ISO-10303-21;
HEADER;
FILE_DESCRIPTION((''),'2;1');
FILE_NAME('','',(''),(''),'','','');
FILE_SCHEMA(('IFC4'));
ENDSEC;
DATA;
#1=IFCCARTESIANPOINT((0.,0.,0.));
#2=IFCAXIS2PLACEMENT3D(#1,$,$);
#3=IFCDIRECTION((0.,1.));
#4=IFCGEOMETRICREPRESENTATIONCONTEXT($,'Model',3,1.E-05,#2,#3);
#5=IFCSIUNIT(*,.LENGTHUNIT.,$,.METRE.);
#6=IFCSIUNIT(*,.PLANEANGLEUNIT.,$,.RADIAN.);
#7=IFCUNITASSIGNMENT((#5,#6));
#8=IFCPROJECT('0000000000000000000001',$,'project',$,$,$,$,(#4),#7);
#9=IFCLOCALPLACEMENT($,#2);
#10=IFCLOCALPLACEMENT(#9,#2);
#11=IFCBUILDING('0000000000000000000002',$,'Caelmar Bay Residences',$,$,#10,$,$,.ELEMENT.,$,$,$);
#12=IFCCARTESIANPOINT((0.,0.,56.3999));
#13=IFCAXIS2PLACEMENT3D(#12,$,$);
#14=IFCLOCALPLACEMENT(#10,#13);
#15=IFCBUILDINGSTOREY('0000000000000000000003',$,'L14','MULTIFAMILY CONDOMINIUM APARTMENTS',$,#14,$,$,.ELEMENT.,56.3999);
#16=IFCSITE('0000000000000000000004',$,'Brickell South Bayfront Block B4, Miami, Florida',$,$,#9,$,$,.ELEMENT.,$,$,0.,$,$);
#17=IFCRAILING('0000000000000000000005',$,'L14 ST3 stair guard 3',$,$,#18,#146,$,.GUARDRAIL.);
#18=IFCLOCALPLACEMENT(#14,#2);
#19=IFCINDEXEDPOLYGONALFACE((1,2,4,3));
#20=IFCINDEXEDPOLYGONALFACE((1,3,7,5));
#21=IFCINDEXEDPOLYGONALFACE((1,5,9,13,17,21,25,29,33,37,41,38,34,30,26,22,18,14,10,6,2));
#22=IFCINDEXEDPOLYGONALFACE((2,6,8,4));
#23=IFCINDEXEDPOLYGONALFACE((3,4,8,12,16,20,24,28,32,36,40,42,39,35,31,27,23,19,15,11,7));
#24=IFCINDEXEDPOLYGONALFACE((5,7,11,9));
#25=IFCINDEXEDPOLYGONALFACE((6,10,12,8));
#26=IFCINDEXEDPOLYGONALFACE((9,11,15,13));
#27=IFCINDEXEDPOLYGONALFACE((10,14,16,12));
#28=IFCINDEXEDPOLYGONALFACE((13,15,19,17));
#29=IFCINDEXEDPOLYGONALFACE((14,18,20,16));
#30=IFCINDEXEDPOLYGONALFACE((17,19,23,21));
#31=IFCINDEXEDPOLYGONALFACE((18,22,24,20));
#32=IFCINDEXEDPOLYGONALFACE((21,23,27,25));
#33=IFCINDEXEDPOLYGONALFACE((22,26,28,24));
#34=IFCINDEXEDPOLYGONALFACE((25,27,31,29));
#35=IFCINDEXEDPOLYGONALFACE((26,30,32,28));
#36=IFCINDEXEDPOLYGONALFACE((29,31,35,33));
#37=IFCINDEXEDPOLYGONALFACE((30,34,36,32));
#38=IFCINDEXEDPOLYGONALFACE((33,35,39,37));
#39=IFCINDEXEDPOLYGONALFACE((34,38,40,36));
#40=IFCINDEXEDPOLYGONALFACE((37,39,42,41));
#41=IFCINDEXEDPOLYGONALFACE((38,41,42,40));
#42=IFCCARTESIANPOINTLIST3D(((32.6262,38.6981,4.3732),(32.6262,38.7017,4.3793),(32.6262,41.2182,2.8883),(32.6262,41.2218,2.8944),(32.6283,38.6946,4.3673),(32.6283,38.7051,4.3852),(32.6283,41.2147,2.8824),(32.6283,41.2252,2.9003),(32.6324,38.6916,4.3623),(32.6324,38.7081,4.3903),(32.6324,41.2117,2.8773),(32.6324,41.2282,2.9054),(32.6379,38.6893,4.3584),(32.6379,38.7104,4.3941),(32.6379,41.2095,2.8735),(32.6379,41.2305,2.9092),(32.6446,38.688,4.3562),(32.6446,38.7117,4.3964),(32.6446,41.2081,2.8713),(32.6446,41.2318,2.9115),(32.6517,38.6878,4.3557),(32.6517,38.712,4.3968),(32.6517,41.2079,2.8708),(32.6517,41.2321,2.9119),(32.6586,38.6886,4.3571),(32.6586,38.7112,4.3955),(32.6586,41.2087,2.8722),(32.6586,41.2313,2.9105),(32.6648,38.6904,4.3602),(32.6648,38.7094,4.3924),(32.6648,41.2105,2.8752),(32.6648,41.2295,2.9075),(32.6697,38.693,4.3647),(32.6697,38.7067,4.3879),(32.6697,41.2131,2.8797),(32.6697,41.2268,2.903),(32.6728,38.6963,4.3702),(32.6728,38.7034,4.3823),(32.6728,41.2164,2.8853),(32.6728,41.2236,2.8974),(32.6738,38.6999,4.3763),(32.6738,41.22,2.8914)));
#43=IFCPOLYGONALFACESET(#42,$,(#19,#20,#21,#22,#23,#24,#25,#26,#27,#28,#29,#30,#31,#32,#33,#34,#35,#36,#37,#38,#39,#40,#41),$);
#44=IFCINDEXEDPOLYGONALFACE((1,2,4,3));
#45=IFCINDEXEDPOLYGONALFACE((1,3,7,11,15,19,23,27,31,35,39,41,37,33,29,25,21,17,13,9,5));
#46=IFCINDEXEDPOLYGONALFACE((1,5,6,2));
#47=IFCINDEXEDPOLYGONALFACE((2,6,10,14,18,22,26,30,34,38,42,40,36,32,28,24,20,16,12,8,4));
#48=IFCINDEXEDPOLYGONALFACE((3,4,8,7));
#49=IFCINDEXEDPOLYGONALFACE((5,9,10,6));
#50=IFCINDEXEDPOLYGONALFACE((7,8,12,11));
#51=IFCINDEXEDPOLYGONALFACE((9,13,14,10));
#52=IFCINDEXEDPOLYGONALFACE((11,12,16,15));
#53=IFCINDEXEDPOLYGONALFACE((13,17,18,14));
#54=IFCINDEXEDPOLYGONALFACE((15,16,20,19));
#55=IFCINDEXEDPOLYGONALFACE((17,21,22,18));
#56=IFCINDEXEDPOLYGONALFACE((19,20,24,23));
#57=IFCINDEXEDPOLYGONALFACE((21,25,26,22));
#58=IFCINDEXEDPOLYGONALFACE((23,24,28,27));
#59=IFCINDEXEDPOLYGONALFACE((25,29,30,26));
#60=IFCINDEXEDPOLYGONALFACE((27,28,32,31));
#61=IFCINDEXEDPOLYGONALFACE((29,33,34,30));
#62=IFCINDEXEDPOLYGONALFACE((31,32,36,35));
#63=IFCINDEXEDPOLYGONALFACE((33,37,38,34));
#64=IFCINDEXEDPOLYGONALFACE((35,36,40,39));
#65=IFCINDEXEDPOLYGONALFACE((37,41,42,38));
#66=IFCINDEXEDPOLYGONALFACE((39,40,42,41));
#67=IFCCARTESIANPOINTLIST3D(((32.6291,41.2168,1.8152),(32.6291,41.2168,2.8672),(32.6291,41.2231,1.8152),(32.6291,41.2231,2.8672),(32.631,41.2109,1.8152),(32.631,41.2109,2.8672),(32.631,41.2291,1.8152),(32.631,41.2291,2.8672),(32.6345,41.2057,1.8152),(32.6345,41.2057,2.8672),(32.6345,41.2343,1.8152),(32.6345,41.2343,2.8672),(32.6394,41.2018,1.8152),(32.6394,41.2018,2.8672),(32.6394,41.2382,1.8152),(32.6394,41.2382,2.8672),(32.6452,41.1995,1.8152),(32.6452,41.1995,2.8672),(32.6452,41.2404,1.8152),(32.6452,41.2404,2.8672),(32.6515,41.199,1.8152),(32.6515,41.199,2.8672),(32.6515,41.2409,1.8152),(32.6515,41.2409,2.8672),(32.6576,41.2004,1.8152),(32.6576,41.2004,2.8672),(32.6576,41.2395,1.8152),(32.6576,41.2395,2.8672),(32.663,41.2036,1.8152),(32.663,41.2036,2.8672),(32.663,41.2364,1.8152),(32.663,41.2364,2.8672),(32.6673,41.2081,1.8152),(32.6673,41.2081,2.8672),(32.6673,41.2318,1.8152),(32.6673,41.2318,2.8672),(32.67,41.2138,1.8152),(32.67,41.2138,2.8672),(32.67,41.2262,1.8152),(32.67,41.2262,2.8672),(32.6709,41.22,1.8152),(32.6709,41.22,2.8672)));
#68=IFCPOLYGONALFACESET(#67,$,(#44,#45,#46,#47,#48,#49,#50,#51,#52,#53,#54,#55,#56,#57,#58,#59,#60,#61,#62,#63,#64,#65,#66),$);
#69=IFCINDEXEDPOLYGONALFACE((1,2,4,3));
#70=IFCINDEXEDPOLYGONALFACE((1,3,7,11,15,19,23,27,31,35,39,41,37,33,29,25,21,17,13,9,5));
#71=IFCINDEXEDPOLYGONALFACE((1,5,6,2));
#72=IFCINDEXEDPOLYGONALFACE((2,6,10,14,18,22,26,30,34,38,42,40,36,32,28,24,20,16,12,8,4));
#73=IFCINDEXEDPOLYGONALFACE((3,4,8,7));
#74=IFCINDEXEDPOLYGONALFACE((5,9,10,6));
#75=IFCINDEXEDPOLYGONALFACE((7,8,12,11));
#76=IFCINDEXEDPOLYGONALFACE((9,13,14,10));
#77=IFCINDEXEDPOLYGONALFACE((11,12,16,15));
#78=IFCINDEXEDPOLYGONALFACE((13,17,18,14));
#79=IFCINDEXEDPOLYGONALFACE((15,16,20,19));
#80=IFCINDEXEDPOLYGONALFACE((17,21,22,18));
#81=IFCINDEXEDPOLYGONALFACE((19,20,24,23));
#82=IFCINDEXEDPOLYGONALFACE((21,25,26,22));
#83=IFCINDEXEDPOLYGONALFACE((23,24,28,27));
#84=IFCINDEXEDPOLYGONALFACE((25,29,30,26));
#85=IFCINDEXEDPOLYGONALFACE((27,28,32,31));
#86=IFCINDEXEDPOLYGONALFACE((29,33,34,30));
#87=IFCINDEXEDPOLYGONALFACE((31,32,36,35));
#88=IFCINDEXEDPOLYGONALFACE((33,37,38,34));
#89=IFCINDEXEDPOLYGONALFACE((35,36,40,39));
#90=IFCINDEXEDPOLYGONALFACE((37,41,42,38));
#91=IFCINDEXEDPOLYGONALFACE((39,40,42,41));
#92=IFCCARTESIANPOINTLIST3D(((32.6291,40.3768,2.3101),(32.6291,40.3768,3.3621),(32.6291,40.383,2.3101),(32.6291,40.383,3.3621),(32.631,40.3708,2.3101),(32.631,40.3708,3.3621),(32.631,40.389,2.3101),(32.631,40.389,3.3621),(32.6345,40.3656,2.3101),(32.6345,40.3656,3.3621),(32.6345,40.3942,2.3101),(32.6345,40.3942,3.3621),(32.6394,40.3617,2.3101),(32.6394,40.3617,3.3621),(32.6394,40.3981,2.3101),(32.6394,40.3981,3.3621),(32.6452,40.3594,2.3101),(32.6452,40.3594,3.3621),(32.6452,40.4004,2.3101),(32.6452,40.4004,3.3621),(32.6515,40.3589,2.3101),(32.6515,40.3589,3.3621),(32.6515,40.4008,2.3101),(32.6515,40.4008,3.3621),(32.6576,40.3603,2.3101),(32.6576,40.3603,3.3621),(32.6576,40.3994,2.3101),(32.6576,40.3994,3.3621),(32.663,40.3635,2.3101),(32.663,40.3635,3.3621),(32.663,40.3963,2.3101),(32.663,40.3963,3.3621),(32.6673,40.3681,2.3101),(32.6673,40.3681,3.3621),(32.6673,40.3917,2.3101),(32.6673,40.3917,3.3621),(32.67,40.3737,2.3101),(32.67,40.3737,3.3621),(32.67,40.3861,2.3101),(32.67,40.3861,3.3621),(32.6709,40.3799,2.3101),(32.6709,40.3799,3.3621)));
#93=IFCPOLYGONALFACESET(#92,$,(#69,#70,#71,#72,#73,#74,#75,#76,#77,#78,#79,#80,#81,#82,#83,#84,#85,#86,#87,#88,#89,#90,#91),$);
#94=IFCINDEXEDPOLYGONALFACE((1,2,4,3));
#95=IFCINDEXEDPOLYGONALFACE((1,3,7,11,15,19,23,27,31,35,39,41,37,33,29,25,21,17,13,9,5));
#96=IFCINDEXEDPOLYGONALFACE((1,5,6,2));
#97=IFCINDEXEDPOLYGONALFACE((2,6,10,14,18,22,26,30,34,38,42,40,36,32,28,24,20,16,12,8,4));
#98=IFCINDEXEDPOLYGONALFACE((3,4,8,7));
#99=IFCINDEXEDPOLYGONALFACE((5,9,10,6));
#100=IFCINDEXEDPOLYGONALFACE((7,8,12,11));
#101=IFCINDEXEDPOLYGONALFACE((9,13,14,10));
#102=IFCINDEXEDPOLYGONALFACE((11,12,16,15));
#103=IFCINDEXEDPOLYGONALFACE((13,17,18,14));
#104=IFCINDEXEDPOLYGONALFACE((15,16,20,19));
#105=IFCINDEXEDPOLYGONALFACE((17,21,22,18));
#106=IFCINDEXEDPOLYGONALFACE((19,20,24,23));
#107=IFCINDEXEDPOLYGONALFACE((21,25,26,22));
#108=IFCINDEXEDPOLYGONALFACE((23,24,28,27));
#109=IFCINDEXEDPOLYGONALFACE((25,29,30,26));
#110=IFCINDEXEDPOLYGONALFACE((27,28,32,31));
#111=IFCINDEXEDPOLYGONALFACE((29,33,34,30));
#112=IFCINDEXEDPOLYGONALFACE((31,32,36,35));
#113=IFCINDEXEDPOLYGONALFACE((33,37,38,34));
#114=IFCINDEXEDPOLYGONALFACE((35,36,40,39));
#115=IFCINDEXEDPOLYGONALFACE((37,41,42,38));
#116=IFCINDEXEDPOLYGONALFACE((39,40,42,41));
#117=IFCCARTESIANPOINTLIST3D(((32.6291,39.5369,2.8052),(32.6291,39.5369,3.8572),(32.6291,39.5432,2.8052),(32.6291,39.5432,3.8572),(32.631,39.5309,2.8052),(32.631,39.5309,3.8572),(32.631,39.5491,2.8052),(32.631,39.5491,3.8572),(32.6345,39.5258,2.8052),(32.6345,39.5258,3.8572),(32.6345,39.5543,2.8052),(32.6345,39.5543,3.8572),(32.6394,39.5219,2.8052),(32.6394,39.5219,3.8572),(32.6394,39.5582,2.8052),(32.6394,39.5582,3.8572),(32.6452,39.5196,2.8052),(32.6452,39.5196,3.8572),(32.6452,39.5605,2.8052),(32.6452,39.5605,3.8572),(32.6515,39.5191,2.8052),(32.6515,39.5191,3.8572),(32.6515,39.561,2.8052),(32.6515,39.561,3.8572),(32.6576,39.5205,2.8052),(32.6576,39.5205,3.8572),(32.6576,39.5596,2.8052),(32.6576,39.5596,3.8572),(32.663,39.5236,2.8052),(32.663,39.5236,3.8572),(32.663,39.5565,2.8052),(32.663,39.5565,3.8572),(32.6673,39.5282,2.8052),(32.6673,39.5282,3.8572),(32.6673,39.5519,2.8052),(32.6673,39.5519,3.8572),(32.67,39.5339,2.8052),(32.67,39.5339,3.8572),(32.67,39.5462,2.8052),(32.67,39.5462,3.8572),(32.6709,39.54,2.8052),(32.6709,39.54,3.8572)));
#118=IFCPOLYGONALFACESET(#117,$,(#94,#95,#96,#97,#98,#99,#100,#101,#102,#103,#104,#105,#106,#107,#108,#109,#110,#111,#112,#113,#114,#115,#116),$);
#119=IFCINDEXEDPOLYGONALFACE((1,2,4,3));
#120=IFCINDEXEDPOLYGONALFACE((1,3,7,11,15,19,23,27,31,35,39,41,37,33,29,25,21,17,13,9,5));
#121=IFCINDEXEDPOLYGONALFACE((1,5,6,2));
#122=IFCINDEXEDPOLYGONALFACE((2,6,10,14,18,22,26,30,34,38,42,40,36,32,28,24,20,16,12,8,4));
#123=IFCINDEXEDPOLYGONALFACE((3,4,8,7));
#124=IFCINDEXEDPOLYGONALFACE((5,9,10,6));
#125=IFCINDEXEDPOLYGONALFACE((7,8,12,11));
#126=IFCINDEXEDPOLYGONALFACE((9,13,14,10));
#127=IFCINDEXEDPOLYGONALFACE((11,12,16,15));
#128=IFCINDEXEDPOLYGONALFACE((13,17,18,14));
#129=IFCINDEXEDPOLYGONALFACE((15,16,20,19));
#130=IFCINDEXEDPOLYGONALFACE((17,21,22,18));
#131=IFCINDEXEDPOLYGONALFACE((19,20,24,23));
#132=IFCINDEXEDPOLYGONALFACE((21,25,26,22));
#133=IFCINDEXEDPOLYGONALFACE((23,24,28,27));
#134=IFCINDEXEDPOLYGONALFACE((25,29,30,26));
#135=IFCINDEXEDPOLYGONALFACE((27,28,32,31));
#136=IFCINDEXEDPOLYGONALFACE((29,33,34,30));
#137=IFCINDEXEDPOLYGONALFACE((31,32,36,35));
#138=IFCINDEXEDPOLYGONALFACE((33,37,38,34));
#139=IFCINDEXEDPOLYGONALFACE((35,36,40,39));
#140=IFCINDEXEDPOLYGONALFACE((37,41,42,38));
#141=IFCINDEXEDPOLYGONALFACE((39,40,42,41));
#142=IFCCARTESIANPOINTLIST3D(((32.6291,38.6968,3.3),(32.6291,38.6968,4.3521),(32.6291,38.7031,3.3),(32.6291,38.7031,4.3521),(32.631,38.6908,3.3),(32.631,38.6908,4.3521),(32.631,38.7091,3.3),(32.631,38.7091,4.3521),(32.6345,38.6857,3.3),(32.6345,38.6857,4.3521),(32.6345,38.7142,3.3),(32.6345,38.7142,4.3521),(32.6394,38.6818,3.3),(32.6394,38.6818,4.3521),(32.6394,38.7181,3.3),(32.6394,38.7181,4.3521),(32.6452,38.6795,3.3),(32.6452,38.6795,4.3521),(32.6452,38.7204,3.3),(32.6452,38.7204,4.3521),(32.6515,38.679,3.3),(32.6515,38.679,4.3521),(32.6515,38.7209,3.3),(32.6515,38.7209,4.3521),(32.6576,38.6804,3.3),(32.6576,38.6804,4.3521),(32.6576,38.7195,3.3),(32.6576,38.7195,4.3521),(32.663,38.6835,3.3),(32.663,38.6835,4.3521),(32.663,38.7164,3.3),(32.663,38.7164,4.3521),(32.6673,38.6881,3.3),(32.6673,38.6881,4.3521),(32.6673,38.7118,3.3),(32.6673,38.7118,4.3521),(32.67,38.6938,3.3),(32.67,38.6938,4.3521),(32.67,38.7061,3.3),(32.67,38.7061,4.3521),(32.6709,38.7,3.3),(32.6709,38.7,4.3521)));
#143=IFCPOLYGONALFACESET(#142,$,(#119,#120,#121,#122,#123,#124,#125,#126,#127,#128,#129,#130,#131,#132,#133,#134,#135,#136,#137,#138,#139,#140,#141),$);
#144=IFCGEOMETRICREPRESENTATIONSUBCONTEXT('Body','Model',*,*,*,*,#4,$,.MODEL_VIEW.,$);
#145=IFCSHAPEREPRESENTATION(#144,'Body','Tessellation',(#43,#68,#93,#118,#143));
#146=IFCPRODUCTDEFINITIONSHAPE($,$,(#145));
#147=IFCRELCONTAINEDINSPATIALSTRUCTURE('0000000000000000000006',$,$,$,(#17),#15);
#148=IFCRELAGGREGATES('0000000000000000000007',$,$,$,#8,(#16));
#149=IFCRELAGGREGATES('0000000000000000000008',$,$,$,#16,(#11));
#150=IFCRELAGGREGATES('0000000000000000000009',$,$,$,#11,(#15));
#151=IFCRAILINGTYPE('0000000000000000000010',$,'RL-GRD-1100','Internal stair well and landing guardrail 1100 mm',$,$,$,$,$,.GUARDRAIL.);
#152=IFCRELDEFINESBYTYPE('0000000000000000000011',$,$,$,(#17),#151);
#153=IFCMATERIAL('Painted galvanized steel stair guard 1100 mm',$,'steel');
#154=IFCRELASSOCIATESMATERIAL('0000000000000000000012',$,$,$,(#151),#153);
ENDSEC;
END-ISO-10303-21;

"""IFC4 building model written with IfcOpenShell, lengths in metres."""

from ifc_helpers import new_model, si_unit, direction, frame, origin, origin_2d, place, context, subcontext, project, spatial, circle, extrude, material, type_object, element, save


model = new_model("IFC4")

# Units and contexts
model_context = context("Model", 3, precision=1e-05, world=origin(), true_north=direction((0.0, 1.0)))
body_context = subcontext(model_context, "Body", "Model", "MODEL_VIEW")
ifc_project = project(units=[si_unit("LENGTHUNIT", "METRE"), si_unit("PLANEANGLEUNIT", "RADIAN")], contexts=[model_context])

# Site, building, storey
site_placement = place(None, origin())
site = spatial("IfcSite", under=ifc_project, at=site_placement, Name="Brickell South Bayfront Block B4, Miami, Florida", CompositionType="ELEMENT", RefElevation=0.0)
building_placement = place(site_placement, origin())
building = spatial("IfcBuilding", under=site, at=building_placement, Name="Caelmar Bay Residences", CompositionType="ELEMENT")
storey_placement = place(building_placement, frame((0.0, 0.0, 56.3999)))
storey = spatial("IfcBuildingStorey", under=building, at=storey_placement, Name="L14", Description="MULTIFAMILY CONDOMINIUM APARTMENTS", CompositionType="ELEMENT", Elevation=56.3999)

# Railing
ifc_material_1 = material(Name="Painted galvanized steel stair guard 1100 mm", Category="steel")
railing_type_1 = type_object("IfcRailingType", Name="RL-GRD-1100", Description="Internal stair well and landing guardrail 1100 mm", PredefinedType="GUARDRAIL", material=ifc_material_1)
railing_1_placement = place(storey_placement, frame((32.6499, 41.22, 1.8152)))
element("IfcRailing", 1, at=railing_1_placement, inside=storey, type_object=railing_type_1, Name="L14 ST3 stair guard 3", PredefinedType="GUARDRAIL", context=body_context, shape_type="SweptSolid", body=[
    extrude(circle(Radius=0.0239, at=origin_2d()), frame((0.0, 0.0, 1.0762), z_axis=(0.0, -0.861561, 0.507655), x_axis=(1.0, 0.0, 0.0)), (0.0, 0.0, 1.0), 2.925),
    extrude(circle(Radius=0.021, at=origin_2d()), origin(), (0.0, 0.0, 1.0), 1.052),
    extrude(circle(Radius=0.021, at=origin_2d()), frame((0.0, -0.8401, 0.4949)), (0.0, 0.0, 1.0), 1.052),
    extrude(circle(Radius=0.021, at=origin_2d()), frame((0.0, -1.6799, 0.99)), (0.0, 0.0, 1.0), 1.052),
    extrude(circle(Radius=0.021, at=origin_2d()), frame((0.0, -2.52, 1.4849)), (0.0, 0.0, 1.0), 1.052),
])

save(model, "model.ifc")
